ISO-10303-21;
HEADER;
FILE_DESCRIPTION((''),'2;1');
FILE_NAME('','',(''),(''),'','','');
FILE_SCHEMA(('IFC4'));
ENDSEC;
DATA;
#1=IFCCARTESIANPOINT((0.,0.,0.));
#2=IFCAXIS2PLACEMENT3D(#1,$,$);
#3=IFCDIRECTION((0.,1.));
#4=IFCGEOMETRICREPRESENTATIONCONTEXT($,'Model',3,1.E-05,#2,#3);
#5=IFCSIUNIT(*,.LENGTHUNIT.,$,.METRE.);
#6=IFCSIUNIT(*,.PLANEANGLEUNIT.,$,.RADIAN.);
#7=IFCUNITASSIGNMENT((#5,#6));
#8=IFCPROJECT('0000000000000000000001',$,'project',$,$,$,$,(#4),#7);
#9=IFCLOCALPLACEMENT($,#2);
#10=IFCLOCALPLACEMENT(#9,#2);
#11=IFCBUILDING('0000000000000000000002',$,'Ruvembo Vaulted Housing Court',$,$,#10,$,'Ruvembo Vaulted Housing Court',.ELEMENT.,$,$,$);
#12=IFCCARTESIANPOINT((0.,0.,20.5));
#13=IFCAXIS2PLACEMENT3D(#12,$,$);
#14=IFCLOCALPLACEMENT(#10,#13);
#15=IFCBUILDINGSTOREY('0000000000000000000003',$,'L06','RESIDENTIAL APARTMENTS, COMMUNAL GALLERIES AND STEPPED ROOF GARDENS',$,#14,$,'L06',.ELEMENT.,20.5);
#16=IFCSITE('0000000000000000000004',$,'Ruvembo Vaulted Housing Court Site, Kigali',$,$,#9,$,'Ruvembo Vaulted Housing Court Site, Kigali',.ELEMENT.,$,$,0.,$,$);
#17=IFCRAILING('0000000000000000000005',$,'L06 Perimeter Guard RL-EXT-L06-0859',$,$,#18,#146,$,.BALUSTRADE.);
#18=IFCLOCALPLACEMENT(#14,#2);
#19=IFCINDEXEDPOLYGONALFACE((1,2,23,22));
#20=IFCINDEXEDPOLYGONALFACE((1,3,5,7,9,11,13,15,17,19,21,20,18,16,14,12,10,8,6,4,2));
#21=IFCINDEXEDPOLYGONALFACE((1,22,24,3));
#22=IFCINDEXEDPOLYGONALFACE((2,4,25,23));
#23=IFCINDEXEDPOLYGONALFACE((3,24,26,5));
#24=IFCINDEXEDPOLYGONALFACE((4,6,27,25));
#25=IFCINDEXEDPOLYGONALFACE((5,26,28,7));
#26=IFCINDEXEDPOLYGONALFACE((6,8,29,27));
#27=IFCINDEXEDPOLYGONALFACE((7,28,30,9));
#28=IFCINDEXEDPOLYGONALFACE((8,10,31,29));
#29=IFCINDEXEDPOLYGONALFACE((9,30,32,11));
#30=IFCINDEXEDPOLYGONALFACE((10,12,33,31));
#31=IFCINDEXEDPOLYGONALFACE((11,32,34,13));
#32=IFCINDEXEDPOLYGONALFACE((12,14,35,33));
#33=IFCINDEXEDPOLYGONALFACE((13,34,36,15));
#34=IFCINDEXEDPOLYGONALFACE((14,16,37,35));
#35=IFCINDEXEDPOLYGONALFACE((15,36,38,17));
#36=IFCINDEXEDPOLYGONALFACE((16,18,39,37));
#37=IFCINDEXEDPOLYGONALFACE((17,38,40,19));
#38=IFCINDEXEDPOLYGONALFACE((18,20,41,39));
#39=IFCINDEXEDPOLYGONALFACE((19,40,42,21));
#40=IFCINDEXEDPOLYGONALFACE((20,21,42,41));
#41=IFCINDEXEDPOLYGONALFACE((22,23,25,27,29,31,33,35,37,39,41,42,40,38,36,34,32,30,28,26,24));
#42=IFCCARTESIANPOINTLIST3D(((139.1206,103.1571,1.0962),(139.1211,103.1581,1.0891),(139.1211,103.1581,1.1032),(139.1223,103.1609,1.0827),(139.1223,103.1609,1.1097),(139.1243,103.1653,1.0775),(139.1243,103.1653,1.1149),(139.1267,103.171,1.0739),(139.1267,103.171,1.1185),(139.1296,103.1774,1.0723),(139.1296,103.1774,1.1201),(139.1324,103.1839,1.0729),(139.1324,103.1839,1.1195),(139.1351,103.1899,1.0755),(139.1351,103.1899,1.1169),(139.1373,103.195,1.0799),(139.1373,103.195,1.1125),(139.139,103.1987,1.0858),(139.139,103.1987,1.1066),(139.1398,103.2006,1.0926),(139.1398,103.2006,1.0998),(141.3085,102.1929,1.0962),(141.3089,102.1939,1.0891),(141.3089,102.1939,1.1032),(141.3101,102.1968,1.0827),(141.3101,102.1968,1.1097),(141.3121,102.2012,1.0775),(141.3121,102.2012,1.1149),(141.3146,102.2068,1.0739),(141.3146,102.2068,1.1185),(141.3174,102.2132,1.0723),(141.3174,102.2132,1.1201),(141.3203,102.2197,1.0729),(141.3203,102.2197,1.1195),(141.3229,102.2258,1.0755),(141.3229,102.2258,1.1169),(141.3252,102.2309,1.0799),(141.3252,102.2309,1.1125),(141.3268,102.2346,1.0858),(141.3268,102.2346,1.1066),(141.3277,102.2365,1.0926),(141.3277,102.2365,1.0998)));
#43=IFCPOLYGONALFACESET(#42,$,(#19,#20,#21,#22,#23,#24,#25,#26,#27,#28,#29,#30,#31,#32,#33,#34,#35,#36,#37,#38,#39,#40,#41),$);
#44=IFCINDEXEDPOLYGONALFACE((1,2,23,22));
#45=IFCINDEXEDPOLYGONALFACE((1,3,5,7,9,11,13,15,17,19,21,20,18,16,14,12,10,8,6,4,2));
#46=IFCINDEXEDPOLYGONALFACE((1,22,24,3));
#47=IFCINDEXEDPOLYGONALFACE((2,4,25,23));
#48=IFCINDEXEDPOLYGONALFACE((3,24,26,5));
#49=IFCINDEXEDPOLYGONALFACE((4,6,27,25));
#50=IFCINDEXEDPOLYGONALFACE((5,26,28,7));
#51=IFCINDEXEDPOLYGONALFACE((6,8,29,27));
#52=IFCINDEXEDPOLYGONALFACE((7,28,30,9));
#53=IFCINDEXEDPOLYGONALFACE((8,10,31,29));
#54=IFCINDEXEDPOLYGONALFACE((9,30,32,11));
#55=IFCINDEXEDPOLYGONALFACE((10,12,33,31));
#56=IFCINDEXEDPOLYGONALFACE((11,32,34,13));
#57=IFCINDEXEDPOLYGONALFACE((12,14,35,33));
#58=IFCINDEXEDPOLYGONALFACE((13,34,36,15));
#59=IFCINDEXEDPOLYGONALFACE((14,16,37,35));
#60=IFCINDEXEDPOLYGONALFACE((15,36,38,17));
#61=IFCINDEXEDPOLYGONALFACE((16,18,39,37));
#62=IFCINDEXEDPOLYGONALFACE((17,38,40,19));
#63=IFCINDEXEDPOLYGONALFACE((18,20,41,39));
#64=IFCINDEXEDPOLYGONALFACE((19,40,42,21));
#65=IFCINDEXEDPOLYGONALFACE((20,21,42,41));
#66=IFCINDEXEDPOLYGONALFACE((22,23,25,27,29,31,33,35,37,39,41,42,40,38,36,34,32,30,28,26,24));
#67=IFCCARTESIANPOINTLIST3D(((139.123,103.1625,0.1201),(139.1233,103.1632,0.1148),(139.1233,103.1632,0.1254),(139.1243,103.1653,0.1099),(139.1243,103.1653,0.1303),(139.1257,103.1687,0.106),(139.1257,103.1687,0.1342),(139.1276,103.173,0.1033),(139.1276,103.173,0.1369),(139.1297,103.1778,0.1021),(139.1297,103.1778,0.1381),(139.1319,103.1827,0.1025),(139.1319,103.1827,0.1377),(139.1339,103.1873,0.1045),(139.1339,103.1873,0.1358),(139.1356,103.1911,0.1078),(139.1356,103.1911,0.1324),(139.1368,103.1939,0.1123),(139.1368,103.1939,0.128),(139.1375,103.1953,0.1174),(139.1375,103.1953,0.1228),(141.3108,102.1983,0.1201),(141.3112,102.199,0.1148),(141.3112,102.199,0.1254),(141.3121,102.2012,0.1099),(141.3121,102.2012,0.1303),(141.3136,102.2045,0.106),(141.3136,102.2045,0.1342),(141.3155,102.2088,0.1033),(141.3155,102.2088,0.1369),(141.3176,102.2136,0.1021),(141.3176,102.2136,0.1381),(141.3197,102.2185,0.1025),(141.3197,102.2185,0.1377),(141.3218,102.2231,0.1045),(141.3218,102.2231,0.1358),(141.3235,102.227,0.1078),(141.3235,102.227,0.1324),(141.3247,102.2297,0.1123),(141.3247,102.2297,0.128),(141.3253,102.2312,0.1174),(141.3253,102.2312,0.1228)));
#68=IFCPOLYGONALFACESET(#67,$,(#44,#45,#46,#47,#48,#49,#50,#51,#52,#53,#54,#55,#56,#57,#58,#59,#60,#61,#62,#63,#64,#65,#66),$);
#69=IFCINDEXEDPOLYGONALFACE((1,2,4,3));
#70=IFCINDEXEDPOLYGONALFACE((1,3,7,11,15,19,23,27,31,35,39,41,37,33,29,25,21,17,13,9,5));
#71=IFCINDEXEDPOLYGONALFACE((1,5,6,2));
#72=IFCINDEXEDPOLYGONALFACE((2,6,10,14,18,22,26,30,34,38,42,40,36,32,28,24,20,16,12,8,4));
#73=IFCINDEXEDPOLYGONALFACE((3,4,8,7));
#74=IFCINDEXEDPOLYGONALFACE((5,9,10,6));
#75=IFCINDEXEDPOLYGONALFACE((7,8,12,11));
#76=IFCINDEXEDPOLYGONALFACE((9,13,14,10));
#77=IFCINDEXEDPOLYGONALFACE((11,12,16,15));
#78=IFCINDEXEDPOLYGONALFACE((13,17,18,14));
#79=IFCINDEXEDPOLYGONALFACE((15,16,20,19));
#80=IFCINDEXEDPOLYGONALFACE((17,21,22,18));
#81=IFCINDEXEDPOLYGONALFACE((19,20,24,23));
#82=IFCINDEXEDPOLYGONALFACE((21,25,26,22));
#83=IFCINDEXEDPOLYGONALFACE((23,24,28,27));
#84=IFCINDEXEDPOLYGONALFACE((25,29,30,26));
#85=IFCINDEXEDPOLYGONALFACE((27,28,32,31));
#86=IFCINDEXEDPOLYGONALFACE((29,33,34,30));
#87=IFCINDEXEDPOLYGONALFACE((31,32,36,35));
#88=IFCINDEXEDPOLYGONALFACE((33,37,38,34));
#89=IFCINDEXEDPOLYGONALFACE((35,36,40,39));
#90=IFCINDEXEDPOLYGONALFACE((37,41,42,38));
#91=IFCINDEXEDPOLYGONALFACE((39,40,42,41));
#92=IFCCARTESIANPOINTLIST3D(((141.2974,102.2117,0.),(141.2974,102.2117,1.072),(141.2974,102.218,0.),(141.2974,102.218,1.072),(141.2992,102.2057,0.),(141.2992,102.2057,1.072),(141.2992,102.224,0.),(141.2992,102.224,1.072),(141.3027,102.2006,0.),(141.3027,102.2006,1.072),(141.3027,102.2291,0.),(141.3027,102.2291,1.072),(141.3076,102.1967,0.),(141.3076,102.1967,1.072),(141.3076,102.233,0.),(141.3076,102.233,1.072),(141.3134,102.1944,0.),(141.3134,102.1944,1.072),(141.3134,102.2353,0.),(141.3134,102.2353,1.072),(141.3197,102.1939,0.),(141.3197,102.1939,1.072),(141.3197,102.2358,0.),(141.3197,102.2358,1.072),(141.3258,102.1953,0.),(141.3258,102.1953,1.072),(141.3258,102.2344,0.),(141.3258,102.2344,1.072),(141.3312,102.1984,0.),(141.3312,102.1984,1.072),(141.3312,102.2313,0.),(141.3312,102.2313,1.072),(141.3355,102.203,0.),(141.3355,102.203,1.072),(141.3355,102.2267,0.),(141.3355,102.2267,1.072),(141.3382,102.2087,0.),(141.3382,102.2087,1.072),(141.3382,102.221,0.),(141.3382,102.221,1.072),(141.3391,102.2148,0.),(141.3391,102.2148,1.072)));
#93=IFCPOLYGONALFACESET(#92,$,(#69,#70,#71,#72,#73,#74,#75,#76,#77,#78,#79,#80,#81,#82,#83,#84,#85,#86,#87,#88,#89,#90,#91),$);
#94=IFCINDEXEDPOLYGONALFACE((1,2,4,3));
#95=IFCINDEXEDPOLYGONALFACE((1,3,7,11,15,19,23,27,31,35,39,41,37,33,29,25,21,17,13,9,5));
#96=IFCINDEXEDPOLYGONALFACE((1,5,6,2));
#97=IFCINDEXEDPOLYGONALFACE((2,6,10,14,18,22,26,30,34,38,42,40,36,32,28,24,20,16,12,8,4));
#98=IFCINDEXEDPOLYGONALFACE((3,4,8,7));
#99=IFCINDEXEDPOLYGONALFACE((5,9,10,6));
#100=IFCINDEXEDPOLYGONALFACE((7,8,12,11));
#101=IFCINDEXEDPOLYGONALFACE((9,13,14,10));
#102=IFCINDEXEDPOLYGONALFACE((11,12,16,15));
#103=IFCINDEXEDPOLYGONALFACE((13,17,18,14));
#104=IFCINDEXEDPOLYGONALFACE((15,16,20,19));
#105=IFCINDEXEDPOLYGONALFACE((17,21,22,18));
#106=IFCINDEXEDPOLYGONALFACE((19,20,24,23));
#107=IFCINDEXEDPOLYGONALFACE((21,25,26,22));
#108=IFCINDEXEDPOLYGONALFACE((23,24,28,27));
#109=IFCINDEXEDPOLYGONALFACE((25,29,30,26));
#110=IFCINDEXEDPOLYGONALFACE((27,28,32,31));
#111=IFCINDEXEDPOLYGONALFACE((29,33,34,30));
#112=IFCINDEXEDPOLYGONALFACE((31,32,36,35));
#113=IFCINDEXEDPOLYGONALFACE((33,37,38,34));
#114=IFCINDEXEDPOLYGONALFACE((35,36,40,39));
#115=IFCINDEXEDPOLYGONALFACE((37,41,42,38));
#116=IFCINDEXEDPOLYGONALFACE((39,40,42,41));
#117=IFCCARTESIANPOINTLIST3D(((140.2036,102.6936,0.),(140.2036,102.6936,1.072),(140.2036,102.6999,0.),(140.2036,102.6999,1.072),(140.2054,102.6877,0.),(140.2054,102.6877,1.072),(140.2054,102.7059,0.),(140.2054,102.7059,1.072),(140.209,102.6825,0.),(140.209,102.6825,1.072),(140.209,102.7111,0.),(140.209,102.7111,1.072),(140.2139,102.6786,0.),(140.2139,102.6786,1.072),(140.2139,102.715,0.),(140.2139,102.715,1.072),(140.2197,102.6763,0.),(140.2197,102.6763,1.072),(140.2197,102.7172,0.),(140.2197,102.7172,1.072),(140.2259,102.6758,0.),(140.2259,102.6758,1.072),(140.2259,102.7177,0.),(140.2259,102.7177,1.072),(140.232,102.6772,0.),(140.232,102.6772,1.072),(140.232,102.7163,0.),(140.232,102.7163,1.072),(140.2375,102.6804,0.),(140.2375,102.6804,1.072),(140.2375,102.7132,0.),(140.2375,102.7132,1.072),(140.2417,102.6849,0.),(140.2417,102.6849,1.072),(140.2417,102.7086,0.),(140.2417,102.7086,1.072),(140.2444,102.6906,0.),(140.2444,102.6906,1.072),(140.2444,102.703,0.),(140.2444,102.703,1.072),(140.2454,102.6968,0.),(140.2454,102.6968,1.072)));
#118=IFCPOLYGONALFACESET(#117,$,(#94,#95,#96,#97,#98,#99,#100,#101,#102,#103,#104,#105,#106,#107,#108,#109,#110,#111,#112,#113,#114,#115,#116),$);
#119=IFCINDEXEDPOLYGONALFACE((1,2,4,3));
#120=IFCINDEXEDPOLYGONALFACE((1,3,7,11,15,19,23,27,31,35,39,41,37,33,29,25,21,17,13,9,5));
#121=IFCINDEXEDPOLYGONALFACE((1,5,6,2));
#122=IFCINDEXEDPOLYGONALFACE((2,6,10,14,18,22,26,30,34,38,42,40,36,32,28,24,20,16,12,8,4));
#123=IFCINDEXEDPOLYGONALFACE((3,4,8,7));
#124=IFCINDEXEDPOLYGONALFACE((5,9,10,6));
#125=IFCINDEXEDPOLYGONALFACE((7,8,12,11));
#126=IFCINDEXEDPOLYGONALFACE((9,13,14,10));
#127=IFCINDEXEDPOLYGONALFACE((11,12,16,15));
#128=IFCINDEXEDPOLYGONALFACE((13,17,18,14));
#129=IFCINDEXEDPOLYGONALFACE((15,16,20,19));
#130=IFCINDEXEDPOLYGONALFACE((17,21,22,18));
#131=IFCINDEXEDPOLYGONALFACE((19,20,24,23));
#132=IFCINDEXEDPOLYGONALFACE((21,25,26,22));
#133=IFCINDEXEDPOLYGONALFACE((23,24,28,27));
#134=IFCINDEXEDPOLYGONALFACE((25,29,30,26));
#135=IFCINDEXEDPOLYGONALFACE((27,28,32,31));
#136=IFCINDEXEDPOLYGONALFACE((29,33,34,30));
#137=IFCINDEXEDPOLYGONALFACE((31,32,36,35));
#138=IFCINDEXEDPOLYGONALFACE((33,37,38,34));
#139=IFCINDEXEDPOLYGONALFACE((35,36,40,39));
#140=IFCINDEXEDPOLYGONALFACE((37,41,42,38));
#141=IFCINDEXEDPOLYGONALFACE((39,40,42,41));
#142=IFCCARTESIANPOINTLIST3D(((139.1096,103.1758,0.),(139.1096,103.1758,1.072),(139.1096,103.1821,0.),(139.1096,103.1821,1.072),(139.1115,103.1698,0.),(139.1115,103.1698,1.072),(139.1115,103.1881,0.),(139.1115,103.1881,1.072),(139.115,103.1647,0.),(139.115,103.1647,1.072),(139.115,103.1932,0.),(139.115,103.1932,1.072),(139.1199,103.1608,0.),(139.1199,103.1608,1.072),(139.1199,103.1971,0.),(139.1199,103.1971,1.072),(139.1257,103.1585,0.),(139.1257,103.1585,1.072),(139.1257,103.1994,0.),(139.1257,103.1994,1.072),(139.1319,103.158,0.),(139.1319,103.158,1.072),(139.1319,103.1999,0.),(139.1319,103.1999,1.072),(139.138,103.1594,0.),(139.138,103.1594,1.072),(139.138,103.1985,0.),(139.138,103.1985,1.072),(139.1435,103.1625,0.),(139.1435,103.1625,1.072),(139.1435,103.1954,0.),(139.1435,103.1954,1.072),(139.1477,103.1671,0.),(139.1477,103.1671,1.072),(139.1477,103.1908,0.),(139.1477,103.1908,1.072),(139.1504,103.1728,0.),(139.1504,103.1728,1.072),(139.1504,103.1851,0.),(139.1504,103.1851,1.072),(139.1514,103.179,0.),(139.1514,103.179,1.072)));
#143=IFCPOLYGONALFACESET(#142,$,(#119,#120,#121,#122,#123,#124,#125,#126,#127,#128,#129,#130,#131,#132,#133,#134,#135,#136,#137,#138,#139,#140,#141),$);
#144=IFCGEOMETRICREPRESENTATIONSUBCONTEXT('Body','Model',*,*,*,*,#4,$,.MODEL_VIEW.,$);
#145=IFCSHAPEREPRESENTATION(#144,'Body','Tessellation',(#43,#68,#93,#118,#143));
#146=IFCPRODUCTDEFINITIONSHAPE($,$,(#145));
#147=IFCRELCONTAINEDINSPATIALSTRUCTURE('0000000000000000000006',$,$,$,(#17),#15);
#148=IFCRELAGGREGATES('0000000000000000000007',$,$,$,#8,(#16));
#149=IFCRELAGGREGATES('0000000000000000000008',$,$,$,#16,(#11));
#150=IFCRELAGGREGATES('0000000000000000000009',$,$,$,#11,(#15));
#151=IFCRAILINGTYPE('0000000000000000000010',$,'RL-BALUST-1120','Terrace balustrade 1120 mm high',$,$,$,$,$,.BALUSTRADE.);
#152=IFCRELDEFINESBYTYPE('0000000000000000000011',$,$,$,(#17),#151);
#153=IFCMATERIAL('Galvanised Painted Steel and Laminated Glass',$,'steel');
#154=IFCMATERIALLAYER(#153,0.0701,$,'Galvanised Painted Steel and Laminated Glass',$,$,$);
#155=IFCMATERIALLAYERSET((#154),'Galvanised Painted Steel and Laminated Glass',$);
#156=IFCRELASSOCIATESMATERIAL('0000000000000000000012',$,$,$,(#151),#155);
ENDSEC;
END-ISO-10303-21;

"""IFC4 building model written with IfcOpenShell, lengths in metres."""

from ifc_helpers import new_model, si_unit, direction, frame, origin, origin_2d, place, context, subcontext, project, spatial, circle, extrude, material, layer, layer_set, type_object, element, save


model = new_model("IFC4")

# Units and contexts
model_context = context("Model", 3, precision=1e-05, world=origin(), true_north=direction((0.0, 1.0)))
body_context = subcontext(model_context, "Body", "Model", "MODEL_VIEW")
ifc_project = project(units=[si_unit("LENGTHUNIT", "METRE"), si_unit("PLANEANGLEUNIT", "RADIAN")], contexts=[model_context])

# Site, building, storey
site_placement = place(None, origin())
site = spatial("IfcSite", under=ifc_project, at=site_placement, Name="Ruvembo Vaulted Housing Court Site, Kigali", LongName="Ruvembo Vaulted Housing Court Site, Kigali", CompositionType="ELEMENT", RefElevation=0.0)
building_placement = place(site_placement, origin())
building = spatial("IfcBuilding", under=site, at=building_placement, Name="Ruvembo Vaulted Housing Court", LongName="Ruvembo Vaulted Housing Court", CompositionType="ELEMENT")
storey_placement = place(building_placement, frame((0.0, 0.0, 20.5)))
storey = spatial("IfcBuildingStorey", under=building, at=storey_placement, Name="L06", Description="RESIDENTIAL APARTMENTS, COMMUNAL GALLERIES AND STEPPED ROOF GARDENS", LongName="L06", CompositionType="ELEMENT", Elevation=20.5)

# Railing
ifc_material_1 = material(Name="Galvanised Painted Steel and Laminated Glass", Category="steel")
ifc_layer = layer(ifc_material_1, 0.0701, Name="Galvanised Painted Steel and Laminated Glass")
ifc_layer_set = layer_set([ifc_layer], Name="Galvanised Painted Steel and Laminated Glass")
railing_type = type_object("IfcRailingType", Name="RL-BALUST-1120", Description="Terrace balustrade 1120 mm high", PredefinedType="BALUSTRADE", material=ifc_layer_set)
railing_1_placement = place(storey_placement, frame((141.3181, 102.2148, 0.0)))
element("IfcRailing", 1, at=railing_1_placement, inside=storey, type_object=railing_type, Name="L06 Perimeter Guard RL-EXT-L06-0859", PredefinedType="BALUSTRADE", context=body_context, shape_type="SweptSolid", body=[
    extrude(circle(Radius=0.0239, at=origin_2d()), frame((0.0, 0.0, 1.0962), z_axis=(-0.915083, 0.403266, 0.0), x_axis=(-0.403266, -0.915083, 0.0)), (0.0, 0.0, 1.0), 2.3909),
    extrude(circle(Radius=0.0181, at=origin_2d()), frame((0.0, 0.0, 0.1201), z_axis=(-0.915083, 0.403266, 0.0), x_axis=(-0.403266, -0.915083, 0.0)), (0.0, 0.0, 1.0), 2.3909),
    extrude(circle(Radius=0.021, at=origin_2d()), origin(), (0.0, 0.0, 1.0), 1.072),
    extrude(circle(Radius=0.021, at=origin_2d()), frame((-1.0938, 0.4819, 0.0)), (0.0, 0.0, 1.0), 1.072),
    extrude(circle(Radius=0.021, at=origin_2d()), frame((-2.1877, 0.9641, 0.0)), (0.0, 0.0, 1.0), 1.072),
])

save(model, "model.ifc")
